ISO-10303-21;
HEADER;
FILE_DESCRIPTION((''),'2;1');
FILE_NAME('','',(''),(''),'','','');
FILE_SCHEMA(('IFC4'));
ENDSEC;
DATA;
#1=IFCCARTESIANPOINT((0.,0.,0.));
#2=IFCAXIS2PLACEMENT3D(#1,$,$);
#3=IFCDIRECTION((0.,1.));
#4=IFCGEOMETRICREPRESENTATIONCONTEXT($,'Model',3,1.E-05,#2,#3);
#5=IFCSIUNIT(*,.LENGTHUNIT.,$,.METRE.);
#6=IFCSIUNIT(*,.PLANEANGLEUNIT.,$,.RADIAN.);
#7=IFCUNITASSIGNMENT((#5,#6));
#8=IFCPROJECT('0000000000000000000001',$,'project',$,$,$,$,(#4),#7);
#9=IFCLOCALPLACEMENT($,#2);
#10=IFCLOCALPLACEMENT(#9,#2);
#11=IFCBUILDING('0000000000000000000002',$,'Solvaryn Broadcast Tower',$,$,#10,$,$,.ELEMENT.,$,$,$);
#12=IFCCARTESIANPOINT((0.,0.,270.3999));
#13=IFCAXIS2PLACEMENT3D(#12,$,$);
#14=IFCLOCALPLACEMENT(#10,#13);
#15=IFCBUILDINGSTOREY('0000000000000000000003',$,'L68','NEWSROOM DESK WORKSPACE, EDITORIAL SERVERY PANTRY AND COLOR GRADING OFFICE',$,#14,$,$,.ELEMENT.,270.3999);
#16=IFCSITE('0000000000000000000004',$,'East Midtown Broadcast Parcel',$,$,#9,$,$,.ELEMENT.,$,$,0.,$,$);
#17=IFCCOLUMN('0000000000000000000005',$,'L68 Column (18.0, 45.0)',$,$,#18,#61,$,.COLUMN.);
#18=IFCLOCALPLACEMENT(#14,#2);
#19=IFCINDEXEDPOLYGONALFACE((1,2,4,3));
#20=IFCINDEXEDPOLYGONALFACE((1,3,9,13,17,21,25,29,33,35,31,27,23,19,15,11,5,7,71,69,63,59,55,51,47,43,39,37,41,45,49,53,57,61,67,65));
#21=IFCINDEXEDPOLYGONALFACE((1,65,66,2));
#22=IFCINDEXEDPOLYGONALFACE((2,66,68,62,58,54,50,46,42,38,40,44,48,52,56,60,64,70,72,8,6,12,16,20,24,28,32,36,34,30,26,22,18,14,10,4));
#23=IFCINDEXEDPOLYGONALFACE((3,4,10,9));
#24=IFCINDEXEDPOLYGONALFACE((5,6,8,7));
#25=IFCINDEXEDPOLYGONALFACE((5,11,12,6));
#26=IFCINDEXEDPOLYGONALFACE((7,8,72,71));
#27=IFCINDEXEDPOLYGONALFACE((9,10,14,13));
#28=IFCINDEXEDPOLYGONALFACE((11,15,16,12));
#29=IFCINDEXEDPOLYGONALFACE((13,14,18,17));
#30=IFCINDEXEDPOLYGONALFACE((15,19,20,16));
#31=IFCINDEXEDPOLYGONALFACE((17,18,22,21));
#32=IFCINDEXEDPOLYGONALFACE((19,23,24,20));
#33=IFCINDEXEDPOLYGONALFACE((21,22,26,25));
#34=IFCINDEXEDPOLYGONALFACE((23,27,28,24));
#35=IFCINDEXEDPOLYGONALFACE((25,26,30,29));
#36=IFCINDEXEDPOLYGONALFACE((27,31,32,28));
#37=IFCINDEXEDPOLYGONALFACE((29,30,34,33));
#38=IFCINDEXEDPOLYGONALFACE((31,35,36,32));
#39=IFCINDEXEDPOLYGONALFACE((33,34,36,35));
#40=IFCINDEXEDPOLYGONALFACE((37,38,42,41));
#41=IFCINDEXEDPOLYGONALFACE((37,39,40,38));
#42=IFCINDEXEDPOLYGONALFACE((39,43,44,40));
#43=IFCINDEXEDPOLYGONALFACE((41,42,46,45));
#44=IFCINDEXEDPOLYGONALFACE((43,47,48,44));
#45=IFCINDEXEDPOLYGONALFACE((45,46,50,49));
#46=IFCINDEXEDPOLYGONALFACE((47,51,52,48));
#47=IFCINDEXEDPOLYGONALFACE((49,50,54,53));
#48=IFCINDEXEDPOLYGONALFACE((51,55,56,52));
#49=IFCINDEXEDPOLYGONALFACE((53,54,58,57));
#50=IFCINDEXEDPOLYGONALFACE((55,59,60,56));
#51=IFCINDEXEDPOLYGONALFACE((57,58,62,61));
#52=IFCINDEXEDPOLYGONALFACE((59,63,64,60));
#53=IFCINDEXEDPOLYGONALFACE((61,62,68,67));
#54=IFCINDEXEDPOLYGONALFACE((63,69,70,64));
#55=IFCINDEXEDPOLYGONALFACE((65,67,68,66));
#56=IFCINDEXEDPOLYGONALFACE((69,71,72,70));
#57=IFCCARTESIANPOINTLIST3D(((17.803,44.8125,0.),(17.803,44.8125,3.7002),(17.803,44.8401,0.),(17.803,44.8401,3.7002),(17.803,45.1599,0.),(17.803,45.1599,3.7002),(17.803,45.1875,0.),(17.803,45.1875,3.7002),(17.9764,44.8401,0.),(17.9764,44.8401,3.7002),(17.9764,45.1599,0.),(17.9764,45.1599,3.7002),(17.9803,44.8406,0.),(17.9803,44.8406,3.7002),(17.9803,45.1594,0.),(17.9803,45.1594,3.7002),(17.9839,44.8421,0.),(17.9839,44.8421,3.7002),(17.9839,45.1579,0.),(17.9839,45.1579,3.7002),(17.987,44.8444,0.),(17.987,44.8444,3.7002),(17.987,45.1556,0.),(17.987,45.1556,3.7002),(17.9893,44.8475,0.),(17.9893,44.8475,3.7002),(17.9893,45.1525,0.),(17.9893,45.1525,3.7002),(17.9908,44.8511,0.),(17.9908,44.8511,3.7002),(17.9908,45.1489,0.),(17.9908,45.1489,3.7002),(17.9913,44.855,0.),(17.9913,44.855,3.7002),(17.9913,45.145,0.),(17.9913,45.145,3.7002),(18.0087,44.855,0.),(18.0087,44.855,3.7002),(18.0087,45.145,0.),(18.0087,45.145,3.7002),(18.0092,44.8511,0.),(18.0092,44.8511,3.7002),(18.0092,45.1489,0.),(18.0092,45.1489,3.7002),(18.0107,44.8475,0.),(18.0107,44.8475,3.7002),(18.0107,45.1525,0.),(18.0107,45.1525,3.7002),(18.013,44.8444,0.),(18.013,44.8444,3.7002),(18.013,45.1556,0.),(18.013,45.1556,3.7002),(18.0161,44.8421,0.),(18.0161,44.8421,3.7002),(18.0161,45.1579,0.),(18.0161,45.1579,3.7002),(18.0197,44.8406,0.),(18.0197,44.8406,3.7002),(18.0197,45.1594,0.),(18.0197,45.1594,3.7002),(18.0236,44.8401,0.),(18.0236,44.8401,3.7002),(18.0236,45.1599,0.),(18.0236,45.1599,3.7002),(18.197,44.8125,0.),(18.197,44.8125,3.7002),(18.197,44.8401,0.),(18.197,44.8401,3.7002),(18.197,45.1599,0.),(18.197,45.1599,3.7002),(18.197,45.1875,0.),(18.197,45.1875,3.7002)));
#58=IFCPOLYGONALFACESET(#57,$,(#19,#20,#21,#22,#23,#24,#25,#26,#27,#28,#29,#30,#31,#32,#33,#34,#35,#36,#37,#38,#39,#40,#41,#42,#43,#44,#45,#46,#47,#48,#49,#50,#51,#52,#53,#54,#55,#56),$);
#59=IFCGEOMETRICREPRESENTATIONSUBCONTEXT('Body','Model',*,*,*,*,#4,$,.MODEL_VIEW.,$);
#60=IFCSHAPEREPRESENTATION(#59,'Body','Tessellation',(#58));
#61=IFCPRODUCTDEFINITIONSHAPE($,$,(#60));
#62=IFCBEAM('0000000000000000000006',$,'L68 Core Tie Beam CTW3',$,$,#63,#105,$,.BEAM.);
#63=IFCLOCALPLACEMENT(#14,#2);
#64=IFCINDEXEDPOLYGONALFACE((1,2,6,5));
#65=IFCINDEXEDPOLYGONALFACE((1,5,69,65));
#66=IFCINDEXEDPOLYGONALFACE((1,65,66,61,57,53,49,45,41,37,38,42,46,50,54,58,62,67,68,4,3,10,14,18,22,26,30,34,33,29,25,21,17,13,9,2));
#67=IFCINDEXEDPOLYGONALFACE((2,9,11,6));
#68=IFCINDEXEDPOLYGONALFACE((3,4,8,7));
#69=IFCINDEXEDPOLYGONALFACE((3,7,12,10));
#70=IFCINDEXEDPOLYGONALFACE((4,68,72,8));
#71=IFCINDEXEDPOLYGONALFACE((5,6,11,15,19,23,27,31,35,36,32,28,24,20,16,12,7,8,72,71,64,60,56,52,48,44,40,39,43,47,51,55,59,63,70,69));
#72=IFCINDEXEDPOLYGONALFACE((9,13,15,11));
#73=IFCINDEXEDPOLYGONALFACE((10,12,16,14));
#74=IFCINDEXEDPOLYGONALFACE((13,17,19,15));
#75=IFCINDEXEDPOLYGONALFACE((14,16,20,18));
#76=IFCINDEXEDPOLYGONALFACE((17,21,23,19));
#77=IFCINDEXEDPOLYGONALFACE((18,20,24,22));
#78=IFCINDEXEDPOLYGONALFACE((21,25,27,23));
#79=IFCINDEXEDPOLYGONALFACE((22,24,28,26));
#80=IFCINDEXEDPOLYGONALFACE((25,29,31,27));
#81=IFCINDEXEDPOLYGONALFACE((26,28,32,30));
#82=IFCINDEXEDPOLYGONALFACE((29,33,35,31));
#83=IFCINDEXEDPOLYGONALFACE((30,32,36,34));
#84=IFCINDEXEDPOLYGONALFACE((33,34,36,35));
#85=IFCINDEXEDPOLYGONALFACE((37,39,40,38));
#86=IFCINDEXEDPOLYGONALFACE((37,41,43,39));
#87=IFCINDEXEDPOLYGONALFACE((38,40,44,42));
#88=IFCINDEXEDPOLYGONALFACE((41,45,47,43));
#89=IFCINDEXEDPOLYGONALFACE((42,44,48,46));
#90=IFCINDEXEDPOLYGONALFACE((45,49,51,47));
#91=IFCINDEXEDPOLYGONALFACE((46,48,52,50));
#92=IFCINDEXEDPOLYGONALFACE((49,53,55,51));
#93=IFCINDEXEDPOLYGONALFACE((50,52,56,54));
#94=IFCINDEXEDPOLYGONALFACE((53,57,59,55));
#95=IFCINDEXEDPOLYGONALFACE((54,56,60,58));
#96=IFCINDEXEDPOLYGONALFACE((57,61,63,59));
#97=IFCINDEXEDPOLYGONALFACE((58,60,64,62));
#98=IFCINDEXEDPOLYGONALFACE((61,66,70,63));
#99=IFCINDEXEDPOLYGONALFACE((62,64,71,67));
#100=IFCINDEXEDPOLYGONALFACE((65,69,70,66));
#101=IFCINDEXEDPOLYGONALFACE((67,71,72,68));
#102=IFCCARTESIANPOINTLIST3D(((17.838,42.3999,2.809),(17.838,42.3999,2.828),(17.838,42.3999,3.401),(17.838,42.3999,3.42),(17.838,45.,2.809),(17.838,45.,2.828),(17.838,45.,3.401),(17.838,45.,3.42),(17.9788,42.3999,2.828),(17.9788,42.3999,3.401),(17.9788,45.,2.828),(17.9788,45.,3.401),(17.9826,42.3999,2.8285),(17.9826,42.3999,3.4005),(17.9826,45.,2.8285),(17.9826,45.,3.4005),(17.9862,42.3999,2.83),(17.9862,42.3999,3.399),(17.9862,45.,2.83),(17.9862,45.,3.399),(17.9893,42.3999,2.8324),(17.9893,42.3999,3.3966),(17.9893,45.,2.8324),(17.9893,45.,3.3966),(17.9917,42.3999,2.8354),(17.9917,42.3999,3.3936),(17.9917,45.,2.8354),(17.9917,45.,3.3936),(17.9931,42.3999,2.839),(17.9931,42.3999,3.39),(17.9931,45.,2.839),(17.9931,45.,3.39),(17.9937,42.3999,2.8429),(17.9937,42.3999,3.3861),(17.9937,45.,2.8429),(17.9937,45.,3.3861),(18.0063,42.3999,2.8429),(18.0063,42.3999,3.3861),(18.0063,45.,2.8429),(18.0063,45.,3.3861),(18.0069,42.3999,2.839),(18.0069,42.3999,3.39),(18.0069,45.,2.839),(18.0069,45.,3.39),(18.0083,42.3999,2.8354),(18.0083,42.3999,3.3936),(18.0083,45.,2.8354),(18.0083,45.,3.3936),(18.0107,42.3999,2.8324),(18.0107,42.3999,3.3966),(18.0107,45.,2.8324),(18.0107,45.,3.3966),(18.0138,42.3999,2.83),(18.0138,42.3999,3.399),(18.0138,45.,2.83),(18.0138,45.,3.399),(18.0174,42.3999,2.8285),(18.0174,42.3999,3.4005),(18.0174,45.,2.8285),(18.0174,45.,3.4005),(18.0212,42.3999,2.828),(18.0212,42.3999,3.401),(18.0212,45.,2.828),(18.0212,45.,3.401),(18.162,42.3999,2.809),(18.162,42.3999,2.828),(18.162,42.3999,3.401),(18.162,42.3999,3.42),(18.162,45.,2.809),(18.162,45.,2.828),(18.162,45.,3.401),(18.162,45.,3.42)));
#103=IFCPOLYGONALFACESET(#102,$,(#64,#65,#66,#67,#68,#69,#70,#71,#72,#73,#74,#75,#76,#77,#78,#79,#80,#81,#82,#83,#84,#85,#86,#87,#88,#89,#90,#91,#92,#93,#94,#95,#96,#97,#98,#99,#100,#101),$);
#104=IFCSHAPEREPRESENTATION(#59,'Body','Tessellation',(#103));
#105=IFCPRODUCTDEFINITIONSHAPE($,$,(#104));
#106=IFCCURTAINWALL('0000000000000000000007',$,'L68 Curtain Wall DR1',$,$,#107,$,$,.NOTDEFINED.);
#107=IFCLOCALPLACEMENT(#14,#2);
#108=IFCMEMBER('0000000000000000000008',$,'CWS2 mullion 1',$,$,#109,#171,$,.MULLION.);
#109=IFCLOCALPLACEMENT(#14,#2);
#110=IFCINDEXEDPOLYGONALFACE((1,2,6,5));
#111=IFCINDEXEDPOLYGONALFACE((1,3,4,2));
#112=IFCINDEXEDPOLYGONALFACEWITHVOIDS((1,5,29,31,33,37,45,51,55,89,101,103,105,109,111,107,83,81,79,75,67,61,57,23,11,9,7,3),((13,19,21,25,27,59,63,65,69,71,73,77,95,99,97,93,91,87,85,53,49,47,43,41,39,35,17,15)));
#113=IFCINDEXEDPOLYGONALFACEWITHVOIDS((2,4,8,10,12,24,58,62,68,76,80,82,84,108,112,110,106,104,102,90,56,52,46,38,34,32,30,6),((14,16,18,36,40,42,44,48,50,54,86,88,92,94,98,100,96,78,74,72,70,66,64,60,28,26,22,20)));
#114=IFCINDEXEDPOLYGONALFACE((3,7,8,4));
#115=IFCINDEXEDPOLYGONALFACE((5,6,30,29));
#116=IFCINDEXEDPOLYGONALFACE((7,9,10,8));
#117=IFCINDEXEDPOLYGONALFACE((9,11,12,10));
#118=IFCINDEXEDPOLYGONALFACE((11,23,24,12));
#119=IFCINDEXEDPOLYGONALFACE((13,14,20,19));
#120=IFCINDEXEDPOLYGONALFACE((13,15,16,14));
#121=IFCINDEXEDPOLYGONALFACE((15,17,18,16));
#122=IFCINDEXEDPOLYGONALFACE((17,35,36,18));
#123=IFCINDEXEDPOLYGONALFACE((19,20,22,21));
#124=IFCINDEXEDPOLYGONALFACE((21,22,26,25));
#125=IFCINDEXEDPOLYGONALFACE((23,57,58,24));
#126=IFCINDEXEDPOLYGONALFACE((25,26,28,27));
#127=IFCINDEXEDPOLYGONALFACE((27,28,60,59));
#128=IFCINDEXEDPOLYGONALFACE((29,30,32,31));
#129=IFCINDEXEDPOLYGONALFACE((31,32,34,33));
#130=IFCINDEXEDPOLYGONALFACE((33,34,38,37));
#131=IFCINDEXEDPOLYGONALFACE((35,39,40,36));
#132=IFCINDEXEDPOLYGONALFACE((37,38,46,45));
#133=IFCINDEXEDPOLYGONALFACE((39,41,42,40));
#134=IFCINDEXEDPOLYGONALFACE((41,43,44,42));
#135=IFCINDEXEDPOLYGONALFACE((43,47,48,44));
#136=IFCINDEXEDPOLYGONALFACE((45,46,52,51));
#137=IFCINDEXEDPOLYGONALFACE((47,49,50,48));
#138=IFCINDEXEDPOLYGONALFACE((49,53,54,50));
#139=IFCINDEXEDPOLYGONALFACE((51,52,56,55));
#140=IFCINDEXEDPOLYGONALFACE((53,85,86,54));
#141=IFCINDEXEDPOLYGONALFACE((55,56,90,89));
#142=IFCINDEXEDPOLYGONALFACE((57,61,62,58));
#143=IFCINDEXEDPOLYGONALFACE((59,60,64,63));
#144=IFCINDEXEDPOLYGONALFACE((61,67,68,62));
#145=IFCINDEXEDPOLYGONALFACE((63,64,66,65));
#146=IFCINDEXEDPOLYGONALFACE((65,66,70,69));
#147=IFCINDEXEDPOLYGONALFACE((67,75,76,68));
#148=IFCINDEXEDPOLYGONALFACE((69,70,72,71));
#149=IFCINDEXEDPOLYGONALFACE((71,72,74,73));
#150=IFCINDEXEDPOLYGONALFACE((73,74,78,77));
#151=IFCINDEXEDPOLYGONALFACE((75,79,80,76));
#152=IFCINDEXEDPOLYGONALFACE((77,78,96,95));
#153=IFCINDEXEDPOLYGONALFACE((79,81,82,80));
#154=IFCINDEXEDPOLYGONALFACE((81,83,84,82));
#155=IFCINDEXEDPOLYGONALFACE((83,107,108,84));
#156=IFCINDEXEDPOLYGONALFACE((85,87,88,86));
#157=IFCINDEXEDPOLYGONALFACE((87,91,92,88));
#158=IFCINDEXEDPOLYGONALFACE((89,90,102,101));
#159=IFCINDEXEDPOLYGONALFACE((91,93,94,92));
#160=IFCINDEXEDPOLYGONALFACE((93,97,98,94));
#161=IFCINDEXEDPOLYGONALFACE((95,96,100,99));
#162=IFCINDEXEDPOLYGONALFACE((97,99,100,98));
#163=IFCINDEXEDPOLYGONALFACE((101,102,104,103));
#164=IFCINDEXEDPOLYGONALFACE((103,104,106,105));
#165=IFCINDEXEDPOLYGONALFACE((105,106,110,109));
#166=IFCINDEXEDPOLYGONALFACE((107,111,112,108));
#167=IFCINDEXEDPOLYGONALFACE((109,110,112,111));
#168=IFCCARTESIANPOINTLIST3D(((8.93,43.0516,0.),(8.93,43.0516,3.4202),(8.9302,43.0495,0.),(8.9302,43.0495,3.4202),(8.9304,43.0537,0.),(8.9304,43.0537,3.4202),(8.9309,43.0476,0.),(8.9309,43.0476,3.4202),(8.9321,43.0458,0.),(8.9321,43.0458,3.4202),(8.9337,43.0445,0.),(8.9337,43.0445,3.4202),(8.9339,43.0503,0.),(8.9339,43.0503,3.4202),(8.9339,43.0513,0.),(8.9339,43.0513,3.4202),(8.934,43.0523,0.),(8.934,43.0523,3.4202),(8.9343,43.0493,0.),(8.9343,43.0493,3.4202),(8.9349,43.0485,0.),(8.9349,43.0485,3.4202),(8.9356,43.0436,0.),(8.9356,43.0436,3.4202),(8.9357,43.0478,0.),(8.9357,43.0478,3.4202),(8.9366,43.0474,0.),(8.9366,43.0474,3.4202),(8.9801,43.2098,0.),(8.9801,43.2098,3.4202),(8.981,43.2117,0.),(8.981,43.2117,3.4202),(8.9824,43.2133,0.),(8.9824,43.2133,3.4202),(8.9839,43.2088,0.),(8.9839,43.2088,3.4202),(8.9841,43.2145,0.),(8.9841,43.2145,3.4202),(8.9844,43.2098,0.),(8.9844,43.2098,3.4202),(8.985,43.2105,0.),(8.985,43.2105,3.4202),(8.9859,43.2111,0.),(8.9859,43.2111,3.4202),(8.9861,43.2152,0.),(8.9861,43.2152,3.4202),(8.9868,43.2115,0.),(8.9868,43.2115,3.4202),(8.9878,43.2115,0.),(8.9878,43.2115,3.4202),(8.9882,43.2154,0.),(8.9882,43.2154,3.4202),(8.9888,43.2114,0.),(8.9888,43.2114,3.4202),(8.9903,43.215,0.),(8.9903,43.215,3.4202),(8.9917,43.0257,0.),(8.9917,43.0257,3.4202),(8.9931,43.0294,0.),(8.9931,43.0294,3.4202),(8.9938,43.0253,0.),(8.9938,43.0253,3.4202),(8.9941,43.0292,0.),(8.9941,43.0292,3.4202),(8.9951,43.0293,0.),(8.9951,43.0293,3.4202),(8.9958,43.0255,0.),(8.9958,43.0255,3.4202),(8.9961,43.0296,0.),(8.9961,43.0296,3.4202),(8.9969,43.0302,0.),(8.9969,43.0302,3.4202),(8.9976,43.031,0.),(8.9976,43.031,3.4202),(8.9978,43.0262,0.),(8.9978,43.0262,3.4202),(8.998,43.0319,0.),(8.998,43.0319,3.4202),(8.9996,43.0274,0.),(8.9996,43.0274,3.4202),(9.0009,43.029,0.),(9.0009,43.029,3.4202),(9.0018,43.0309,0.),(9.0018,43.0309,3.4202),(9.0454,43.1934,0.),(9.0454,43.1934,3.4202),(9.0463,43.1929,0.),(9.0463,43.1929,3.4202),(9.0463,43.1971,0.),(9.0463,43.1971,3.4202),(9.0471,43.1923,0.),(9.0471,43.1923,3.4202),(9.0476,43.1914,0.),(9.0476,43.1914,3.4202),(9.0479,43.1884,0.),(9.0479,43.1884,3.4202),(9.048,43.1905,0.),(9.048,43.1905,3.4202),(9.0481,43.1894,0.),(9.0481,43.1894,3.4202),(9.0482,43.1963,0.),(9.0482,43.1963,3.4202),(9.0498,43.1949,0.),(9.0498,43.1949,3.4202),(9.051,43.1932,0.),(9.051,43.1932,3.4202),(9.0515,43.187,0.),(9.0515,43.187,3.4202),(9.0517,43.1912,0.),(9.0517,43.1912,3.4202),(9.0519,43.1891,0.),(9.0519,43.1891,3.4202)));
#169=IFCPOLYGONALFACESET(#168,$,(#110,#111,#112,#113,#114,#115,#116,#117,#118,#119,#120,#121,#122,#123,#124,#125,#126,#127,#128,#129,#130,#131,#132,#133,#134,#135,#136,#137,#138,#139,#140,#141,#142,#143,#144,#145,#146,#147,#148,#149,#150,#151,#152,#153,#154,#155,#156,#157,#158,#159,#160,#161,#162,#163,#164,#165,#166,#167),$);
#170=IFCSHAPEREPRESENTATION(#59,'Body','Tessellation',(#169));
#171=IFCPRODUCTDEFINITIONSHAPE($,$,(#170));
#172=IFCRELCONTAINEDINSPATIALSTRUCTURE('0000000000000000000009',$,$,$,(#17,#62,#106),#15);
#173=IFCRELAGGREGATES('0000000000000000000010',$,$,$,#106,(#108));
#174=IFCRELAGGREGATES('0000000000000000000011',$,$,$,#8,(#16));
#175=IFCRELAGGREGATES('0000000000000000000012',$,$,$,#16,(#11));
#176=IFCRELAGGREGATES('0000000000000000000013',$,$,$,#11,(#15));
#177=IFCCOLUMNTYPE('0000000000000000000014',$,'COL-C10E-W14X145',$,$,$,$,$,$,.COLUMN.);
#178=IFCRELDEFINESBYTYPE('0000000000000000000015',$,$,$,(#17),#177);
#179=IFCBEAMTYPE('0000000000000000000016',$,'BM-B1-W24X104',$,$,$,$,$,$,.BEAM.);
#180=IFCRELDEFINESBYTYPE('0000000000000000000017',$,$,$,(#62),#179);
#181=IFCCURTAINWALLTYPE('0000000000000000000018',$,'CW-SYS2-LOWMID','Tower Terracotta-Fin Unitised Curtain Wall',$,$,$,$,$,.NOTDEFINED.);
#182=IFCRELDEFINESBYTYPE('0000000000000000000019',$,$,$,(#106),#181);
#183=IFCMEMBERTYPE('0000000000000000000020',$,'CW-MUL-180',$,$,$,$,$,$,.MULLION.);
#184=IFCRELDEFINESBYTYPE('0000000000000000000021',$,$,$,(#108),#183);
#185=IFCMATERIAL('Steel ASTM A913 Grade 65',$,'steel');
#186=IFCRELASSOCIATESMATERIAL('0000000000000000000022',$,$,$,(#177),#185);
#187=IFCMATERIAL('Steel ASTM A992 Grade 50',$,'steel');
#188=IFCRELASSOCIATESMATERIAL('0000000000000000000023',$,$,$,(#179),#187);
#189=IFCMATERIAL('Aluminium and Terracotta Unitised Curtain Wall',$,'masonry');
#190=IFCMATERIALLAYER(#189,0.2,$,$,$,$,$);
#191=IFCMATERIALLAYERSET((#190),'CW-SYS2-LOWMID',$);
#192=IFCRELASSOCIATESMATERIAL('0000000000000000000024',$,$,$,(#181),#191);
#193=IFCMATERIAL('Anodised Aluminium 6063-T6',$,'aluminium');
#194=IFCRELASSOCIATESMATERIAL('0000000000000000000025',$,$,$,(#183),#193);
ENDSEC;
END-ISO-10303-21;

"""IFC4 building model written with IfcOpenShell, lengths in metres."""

from ifc_helpers import new_model, si_unit, direction, frame, origin, origin_2d, place, context, subcontext, project, spatial, hollow_rectangle, i_section, extrude, material, layer, layer_set, material_profile, profile_set, type_object, element, aggregate, save


model = new_model("IFC4")

# Units and contexts
model_context = context("Model", 3, precision=1e-05, world=origin(), true_north=direction((0.0, 1.0)))
body_context = subcontext(model_context, "Body", "Model", "MODEL_VIEW")
ifc_project = project(units=[si_unit("LENGTHUNIT", "METRE"), si_unit("PLANEANGLEUNIT", "RADIAN")], contexts=[model_context])

# Site, building, storey
site_placement = place(None, origin())
site = spatial("IfcSite", under=ifc_project, at=site_placement, Name="East Midtown Broadcast Parcel", CompositionType="ELEMENT", RefElevation=0.0)
building_placement = place(site_placement, origin())
building = spatial("IfcBuilding", under=site, at=building_placement, Name="Solvaryn Broadcast Tower", CompositionType="ELEMENT")
storey_placement = place(building_placement, frame((0.0, 0.0, 270.3999)))
storey = spatial("IfcBuildingStorey", under=building, at=storey_placement, Name="L68", Description="NEWSROOM DESK WORKSPACE, EDITORIAL SERVERY PANTRY AND COLOR GRADING OFFICE", CompositionType="ELEMENT", Elevation=270.3999)

# Column
ifc_material_1 = material(Name="Steel ASTM A913 Grade 65", Category="steel")
ifc_material_profile_1 = material_profile(ifc_material_1, i_section(OverallWidth=0.394, OverallDepth=0.375, WebThickness=0.0173, FlangeThickness=0.0276, FilletRadius=0.0149, at=origin_2d()))
ifc_profile_set_1 = profile_set([ifc_material_profile_1], Name="Steel ASTM A913 Grade 65")
column_type = type_object("IfcColumnType", Name="COL-C10E-W14X145", PredefinedType="COLUMN", material=ifc_profile_set_1)
column_placement = place(storey_placement, frame((18.0, 45.0, 0.0), z_axis=(0.0, 0.0, 1.0), x_axis=(1.0, 0.0, 0.0)))
element("IfcColumn", 1, at=column_placement, inside=storey, type_object=column_type, Name="L68 Column (18.0, 45.0)", PredefinedType="COLUMN", context=body_context, shape_type="SweptSolid", body=[
    extrude(i_section(OverallWidth=0.394, OverallDepth=0.375, WebThickness=0.0173, FlangeThickness=0.0276, FilletRadius=0.0149, at=origin_2d()), origin(), (0.0, 0.0, 1.0), 3.7002),
])

# Beam
ifc_material_2 = material(Name="Steel ASTM A992 Grade 50", Category="steel")
ifc_material_profile_2 = material_profile(ifc_material_2, i_section(OverallWidth=0.324, OverallDepth=0.6111, WebThickness=0.0127, FlangeThickness=0.019, FilletRadius=0.0149, at=origin_2d()))
ifc_profile_set_2 = profile_set([ifc_material_profile_2], Name="Steel ASTM A992 Grade 50")
beam_type = type_object("IfcBeamType", Name="BM-B1-W24X104", PredefinedType="BEAM", material=ifc_profile_set_2)
beam_placement = place(storey_placement, frame((18.0, 42.3999, 3.1145), z_axis=(0.0, 1.0, 0.0), x_axis=(-1.0, 0.0, 0.0)))
element("IfcBeam", 2, at=beam_placement, inside=storey, type_object=beam_type, Name="L68 Core Tie Beam CTW3", PredefinedType="BEAM", context=body_context, shape_type="SweptSolid", body=[
    extrude(i_section(OverallWidth=0.324, OverallDepth=0.6111, WebThickness=0.0127, FlangeThickness=0.019, FilletRadius=0.0149, at=origin_2d()), origin(), (0.0, 0.0, 1.0), 2.6001),
])

# Curtain wall, member
ifc_material_3 = material(Name="Aluminium and Terracotta Unitised Curtain Wall", Category="masonry")
ifc_layer_1 = layer(ifc_material_3, 0.2)
ifc_layer_set_1 = layer_set([ifc_layer_1], Name="CW-SYS2-LOWMID")
curtain_wall_type = type_object("IfcCurtainWallType", Name="CW-SYS2-LOWMID", Description="Tower Terracotta-Fin Unitised Curtain Wall", PredefinedType="NOTDEFINED", material=ifc_layer_set_1)
curtain_wall_1_placement = place(storey_placement, origin())
curtain_wall_1 = element("IfcCurtainWall", 3, at=curtain_wall_1_placement, inside=storey, type_object=curtain_wall_type, Name="L68 Curtain Wall DR1", PredefinedType="NOTDEFINED")
ifc_material_4 = material(Name="Anodised Aluminium 6063-T6", Category="aluminium")
ifc_material_profile_3 = material_profile(ifc_material_4, hollow_rectangle(XDim=0.075, YDim=0.1799, WallThickness=0.0039, InnerFilletRadius=0.0039, OuterFilletRadius=0.0081, at=origin_2d()))
ifc_profile_set_3 = profile_set([ifc_material_profile_3], Name="Anodised Aluminium 6063-T6")
member_type_1 = type_object("IfcMemberType", Name="CW-MUL-180", PredefinedType="MULLION", material=ifc_profile_set_3)
member_1_placement = place(storey_placement, frame((8.991, 43.1204, 0.0), z_axis=(0.0, 0.0, 1.0), x_axis=(0.952795, -0.303616, 0.0)))
member_1 = element("IfcMember", 4, at=member_1_placement, type_object=member_type_1, Name="CWS2 mullion 1", PredefinedType="MULLION", context=body_context, shape_type="SweptSolid", body=[
    extrude(hollow_rectangle(XDim=0.075, YDim=0.1799, WallThickness=0.0039, InnerFilletRadius=0.0039, OuterFilletRadius=0.0081, at=origin_2d()), origin(), (0.0, 0.0, 1.0), 3.4202),
])

aggregate(curtain_wall_1, [member_1])

save(model, "model.ifc")
